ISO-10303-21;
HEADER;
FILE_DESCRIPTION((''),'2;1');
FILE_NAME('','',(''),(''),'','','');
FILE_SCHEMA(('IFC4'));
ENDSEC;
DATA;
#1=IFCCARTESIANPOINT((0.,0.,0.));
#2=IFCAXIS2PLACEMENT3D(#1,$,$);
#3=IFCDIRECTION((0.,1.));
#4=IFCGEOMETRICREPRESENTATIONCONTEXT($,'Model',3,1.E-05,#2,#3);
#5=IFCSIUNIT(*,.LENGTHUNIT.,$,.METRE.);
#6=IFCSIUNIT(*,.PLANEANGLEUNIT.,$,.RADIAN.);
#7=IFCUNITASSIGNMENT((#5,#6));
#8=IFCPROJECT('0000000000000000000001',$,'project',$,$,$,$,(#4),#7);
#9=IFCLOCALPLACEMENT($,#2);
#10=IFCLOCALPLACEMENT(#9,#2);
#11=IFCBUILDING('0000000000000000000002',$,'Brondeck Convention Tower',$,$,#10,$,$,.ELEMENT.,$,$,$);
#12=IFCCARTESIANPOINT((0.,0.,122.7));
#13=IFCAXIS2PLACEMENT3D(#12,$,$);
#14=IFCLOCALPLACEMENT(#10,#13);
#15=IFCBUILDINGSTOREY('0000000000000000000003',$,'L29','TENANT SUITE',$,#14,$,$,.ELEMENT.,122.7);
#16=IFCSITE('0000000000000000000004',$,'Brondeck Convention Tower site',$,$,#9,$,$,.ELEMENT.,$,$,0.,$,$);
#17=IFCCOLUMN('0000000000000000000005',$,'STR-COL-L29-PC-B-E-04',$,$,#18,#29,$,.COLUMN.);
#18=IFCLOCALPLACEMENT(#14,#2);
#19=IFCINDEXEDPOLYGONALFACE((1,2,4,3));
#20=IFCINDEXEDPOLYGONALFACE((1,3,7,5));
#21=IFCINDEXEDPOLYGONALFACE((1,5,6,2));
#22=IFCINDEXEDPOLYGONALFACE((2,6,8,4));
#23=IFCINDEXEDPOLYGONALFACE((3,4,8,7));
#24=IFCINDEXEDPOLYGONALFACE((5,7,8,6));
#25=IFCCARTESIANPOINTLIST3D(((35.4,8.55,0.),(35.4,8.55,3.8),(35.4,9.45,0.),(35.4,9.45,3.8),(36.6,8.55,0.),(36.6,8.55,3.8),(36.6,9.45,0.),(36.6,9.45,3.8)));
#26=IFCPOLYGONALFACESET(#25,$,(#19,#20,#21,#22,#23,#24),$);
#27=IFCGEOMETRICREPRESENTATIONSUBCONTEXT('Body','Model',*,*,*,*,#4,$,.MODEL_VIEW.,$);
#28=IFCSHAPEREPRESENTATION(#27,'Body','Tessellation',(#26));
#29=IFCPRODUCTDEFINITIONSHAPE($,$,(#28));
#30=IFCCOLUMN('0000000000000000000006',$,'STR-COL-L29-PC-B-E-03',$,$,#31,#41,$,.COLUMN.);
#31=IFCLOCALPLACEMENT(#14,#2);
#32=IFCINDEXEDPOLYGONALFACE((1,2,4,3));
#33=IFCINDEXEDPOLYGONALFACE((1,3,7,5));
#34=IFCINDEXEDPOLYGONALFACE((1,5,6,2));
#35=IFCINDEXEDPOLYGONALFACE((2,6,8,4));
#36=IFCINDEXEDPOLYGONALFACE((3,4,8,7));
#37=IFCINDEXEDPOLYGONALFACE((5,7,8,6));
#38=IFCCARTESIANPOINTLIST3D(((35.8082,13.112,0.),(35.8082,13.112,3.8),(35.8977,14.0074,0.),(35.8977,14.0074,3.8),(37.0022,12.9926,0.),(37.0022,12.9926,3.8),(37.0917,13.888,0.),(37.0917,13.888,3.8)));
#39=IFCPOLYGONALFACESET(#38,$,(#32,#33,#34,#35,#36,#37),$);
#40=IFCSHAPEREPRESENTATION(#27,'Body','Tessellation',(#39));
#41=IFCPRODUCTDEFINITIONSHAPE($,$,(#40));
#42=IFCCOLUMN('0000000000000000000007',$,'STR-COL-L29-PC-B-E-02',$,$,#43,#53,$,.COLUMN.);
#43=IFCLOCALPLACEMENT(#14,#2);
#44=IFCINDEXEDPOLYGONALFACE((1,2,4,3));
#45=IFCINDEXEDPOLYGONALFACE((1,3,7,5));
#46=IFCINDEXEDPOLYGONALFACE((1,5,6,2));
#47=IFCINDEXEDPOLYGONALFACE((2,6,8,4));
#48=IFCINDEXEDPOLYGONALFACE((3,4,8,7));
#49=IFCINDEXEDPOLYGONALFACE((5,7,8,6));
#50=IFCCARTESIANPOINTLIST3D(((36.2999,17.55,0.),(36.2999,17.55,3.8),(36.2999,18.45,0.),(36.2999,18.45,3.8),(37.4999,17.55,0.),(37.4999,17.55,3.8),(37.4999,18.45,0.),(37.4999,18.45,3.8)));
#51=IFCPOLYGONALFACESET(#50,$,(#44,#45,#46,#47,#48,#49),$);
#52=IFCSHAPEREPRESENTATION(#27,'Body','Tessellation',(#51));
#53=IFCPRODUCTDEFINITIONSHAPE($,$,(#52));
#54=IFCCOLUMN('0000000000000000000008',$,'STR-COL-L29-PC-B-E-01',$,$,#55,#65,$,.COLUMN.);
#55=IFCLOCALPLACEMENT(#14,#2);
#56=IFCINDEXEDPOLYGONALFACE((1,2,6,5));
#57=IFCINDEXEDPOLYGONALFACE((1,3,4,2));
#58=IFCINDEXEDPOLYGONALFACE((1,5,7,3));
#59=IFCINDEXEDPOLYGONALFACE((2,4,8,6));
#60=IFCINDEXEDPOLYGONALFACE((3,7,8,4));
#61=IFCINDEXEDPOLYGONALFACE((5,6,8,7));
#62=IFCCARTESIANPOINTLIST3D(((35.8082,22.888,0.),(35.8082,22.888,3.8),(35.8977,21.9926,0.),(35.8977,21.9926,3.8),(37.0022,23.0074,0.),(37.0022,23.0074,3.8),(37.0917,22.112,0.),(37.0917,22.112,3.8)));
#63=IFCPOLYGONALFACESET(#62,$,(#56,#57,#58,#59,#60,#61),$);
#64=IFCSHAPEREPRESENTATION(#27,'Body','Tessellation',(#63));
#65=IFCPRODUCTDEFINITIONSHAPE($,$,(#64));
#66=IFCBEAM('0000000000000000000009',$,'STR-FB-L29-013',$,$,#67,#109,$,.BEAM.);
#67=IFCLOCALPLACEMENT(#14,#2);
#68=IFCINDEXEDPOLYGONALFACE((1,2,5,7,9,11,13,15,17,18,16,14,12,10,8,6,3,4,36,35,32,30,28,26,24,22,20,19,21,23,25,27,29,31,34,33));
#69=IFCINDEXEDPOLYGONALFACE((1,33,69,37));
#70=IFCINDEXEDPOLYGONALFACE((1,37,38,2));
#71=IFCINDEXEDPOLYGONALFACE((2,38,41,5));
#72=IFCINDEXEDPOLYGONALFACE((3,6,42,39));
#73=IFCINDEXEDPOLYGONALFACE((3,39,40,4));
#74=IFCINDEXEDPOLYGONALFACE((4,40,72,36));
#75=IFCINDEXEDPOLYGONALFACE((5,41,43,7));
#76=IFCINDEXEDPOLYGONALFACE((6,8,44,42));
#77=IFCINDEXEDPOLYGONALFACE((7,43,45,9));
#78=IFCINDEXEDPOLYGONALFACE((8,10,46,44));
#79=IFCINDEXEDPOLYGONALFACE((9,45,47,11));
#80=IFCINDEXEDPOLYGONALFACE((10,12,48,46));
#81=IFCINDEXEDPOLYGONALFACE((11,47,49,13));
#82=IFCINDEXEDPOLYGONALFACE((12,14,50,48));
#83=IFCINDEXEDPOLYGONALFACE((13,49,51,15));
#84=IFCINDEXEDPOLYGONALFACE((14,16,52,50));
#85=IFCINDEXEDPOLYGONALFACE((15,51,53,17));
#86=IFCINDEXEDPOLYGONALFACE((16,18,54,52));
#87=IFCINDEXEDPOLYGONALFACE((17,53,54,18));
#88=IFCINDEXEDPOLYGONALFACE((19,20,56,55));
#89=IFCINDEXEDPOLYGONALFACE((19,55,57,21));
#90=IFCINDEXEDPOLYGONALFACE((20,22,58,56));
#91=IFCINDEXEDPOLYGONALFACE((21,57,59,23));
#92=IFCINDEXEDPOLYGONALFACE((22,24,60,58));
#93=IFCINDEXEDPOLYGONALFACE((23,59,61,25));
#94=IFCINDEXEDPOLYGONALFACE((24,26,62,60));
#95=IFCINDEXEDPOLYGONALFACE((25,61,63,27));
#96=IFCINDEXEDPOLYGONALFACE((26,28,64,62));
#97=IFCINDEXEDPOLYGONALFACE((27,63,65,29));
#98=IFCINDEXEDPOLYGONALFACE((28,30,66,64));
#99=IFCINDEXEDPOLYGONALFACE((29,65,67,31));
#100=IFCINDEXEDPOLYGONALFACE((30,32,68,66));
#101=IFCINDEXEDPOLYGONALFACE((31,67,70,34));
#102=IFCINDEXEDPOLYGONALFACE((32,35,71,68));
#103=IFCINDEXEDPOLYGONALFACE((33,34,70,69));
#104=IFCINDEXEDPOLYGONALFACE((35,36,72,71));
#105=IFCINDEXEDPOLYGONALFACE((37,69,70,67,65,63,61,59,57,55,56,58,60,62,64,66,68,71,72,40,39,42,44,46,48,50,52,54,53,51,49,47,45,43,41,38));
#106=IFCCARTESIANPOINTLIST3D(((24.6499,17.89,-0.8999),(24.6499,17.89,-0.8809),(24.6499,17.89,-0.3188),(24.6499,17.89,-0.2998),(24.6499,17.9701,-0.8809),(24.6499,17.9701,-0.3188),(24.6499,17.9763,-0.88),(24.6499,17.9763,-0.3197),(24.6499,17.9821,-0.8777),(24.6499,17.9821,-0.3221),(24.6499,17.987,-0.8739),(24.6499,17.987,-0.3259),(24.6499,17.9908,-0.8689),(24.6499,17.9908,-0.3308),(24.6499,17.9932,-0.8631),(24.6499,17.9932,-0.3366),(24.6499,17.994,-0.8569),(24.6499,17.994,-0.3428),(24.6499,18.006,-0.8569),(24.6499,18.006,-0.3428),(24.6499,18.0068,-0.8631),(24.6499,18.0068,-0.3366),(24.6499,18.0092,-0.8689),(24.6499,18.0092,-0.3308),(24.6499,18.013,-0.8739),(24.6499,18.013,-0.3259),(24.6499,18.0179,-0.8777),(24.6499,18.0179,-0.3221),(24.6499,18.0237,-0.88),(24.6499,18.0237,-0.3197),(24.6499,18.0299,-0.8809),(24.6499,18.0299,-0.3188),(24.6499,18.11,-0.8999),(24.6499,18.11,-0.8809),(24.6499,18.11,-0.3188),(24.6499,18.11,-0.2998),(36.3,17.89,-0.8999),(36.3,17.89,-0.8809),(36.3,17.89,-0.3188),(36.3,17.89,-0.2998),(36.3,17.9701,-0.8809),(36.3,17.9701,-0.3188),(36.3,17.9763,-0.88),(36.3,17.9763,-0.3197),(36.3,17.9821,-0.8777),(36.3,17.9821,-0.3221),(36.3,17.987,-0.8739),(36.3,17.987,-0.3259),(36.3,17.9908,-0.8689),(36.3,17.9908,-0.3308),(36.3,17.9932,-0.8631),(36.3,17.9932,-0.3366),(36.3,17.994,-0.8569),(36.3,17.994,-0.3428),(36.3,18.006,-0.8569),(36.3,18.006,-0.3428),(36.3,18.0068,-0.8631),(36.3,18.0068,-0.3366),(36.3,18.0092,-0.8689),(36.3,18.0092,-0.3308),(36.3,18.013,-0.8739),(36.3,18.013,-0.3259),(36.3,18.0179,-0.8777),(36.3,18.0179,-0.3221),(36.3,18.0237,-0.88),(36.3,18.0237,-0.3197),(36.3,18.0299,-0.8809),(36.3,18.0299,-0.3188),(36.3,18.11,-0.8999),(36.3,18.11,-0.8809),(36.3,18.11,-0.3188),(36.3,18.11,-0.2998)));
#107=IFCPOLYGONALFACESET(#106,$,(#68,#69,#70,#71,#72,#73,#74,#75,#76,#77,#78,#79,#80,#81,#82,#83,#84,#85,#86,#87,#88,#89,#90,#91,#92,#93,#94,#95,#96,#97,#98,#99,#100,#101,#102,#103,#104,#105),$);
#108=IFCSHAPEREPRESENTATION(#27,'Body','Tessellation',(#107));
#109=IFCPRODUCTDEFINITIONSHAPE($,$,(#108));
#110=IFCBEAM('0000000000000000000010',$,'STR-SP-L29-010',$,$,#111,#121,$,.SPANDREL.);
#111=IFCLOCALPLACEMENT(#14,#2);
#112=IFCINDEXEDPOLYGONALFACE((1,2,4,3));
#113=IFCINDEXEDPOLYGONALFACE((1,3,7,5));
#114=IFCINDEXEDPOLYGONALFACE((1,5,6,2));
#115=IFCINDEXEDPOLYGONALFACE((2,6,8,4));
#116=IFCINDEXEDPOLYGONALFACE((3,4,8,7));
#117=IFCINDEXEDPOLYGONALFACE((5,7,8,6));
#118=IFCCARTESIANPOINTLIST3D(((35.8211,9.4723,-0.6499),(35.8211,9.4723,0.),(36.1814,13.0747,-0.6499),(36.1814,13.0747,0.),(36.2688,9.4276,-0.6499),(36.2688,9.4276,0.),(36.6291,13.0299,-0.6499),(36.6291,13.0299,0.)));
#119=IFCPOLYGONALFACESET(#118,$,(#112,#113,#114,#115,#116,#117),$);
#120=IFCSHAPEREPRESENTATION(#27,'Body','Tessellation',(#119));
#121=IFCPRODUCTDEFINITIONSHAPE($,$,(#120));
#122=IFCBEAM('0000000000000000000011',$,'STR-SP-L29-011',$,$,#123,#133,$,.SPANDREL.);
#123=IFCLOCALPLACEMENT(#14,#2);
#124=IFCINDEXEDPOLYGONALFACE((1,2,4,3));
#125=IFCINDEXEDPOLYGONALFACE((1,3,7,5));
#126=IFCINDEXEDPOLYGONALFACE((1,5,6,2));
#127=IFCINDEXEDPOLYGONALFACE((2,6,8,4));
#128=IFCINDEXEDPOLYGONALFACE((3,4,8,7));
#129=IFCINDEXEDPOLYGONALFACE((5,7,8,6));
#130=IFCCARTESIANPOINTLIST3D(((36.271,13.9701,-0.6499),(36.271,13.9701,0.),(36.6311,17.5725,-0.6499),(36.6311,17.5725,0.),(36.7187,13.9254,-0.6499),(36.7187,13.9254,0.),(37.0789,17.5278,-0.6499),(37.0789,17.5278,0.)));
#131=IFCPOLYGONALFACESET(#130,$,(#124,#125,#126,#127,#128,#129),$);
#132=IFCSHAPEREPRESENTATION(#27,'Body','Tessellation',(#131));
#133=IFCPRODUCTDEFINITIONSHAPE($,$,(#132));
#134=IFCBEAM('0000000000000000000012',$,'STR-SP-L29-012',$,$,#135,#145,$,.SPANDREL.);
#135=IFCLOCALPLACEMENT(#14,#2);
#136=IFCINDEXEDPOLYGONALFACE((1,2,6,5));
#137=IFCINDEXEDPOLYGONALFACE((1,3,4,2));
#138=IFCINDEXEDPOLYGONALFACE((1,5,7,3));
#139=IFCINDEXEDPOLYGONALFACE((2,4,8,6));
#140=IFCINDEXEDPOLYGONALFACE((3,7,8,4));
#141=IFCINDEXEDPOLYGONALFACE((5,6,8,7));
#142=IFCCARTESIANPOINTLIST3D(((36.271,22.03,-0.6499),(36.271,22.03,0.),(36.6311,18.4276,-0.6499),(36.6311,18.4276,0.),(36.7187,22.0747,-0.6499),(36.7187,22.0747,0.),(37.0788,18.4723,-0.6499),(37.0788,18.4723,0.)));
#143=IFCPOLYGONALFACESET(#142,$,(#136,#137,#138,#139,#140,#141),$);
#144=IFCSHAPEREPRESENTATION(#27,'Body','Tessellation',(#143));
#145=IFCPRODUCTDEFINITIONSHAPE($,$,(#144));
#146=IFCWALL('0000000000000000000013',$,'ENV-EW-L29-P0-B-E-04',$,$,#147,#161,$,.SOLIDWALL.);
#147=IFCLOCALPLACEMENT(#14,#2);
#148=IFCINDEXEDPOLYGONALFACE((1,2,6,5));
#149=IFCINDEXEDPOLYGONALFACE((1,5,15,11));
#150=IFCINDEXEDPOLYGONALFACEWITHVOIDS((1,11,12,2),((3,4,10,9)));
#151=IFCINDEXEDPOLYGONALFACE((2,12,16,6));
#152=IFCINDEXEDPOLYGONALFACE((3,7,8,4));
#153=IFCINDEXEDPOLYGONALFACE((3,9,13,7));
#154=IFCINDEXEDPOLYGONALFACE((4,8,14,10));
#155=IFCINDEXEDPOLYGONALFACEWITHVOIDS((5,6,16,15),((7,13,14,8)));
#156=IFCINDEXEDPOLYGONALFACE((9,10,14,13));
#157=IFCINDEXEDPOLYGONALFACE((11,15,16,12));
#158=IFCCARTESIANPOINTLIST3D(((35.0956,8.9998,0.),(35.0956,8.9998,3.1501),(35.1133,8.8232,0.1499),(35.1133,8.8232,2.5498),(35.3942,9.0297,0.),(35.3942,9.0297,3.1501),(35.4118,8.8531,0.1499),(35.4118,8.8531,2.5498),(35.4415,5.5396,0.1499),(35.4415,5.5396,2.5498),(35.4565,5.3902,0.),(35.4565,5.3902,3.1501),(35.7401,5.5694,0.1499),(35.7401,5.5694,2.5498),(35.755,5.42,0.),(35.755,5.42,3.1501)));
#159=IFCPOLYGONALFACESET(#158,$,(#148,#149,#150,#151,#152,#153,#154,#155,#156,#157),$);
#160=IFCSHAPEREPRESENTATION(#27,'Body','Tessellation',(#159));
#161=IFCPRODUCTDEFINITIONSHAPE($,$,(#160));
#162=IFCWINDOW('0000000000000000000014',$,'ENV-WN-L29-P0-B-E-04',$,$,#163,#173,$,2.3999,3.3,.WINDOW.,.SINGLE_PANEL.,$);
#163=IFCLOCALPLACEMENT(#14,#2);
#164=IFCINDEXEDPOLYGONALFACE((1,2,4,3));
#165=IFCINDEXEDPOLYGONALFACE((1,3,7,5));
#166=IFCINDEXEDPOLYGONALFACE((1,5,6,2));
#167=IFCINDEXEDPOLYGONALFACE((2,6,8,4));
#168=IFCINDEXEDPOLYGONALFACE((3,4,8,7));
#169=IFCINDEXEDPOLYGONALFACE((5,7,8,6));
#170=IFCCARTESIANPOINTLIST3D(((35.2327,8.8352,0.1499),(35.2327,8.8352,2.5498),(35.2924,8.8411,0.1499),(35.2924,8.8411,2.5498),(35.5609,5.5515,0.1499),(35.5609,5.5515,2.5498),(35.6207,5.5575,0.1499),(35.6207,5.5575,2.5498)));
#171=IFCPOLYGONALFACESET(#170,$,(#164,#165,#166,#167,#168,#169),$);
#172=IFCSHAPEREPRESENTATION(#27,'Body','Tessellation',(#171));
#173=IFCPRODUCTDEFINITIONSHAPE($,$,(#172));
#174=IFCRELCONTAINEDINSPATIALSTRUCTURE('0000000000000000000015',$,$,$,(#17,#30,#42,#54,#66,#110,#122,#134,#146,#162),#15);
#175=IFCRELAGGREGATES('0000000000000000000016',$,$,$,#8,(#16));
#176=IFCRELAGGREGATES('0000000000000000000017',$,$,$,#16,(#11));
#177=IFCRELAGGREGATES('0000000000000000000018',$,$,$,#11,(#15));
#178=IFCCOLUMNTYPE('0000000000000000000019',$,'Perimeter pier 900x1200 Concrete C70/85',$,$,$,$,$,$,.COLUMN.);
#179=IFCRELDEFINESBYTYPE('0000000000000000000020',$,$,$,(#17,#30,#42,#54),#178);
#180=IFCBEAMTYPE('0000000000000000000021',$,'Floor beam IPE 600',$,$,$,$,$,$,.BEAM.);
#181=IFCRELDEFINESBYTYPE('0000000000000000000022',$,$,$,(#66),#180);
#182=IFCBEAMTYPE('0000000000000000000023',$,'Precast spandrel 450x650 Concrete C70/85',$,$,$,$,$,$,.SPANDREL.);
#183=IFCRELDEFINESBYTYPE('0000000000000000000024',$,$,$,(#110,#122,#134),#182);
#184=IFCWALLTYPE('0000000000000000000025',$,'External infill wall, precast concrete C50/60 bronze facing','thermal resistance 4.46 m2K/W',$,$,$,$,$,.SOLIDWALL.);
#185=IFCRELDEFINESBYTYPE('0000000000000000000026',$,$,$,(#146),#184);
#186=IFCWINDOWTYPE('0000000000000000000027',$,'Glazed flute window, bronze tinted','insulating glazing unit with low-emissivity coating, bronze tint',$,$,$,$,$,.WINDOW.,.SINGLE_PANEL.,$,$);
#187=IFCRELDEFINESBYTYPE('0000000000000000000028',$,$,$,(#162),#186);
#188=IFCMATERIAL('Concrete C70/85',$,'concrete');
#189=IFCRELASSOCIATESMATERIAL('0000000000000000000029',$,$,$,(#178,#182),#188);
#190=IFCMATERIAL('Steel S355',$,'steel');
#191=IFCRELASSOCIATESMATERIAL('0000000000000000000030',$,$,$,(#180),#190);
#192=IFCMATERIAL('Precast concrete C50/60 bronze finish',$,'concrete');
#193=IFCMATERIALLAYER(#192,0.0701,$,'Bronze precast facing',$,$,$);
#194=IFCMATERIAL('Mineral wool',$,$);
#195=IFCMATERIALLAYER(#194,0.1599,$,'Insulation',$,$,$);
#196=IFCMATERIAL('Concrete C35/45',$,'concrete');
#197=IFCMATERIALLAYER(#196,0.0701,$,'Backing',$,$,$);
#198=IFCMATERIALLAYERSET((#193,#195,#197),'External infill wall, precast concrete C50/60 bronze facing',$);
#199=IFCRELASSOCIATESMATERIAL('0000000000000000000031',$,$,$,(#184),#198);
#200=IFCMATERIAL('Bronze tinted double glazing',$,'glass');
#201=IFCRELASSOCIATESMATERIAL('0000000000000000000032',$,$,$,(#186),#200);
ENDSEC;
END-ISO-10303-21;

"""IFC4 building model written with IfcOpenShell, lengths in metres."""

from ifc_helpers import new_model, si_unit, direction, frame, frame_2d, origin, origin_2d, place, context, subcontext, project, spatial, rectangle, i_section, extrude, material, layer, layer_set, material_profile, profile_set, type_object, element, fill, save


model = new_model("IFC4")

# Units and contexts
model_context = context("Model", 3, precision=1e-05, world=origin(), true_north=direction((0.0, 1.0)))
body_context = subcontext(model_context, "Body", "Model", "MODEL_VIEW")
ifc_project = project(units=[si_unit("LENGTHUNIT", "METRE"), si_unit("PLANEANGLEUNIT", "RADIAN")], contexts=[model_context])

# Site, building, storey
site_placement = place(None, origin())
site = spatial("IfcSite", under=ifc_project, at=site_placement, Name="Brondeck Convention Tower site", CompositionType="ELEMENT", RefElevation=0.0)
building_placement = place(site_placement, origin())
building = spatial("IfcBuilding", under=site, at=building_placement, Name="Brondeck Convention Tower", CompositionType="ELEMENT")
storey_placement = place(building_placement, frame((0.0, 0.0, 122.7)))
storey = spatial("IfcBuildingStorey", under=building, at=storey_placement, Name="L29", Description="TENANT SUITE", CompositionType="ELEMENT", Elevation=122.7)

# Columns
ifc_material_1 = material(Name="Concrete C70/85", Category="concrete")
ifc_material_profile_1 = material_profile(ifc_material_1, rectangle(XDim=0.8999, YDim=1.2, at=origin_2d()), Name="Perimeter pier 900x1200 Concrete C70/85")
ifc_profile_set_1 = profile_set([ifc_material_profile_1], Name="Concrete C70/85")
column_type = type_object("IfcColumnType", Name="Perimeter pier 900x1200 Concrete C70/85", PredefinedType="COLUMN", material=ifc_profile_set_1)
for number, where, z_axis, x_axis, name in (
    (1, (36.0, 9.0, 0.0), (0.0, 0.0, 1.0), (0.0, 1.0, 0.0), "STR-COL-L29-PC-B-E-04"),
    (2, (36.45, 13.5, 0.0), (0.0, 0.0, 1.0), (0.099504, 0.995037, 0.0), "STR-COL-L29-PC-B-E-03"),
    (3, (36.8999, 18.0, 0.0), (0.0, 0.0, 1.0), (0.0, 1.0, 0.0), "STR-COL-L29-PC-B-E-02"),
    (4, (36.45, 22.5, 0.0), (0.0, 0.0, 1.0), (-0.099504, 0.995037, 0.0), "STR-COL-L29-PC-B-E-01"),
):
    element("IfcColumn", number, at=place(storey_placement, frame(where, z_axis=z_axis, x_axis=x_axis)), inside=storey, type_object=column_type, Name=name, PredefinedType="COLUMN", context=body_context, shape_type="SweptSolid", body=[
        extrude(rectangle(XDim=0.8999, YDim=1.2, at=origin_2d()), origin(), (0.0, 0.0, 1.0), 3.8),
    ])

# Beams
ifc_material_2 = material(Name="Steel S355", Category="steel")
ifc_material_profile_2 = material_profile(ifc_material_2, i_section(OverallWidth=0.22, OverallDepth=0.6001, WebThickness=0.012, FlangeThickness=0.019, FilletRadius=0.0239, at=origin_2d()), Name="IPE 600")
ifc_profile_set_2 = profile_set([ifc_material_profile_2], Name="Steel S355")
beam_type_1 = type_object("IfcBeamType", Name="Floor beam IPE 600", PredefinedType="BEAM", material=ifc_profile_set_2)
beam_placement = place(storey_placement, frame((24.6499, 18.0, -0.5999), z_axis=(1.0, 0.0, 0.0), x_axis=(0.0, 1.0, 0.0)))
element("IfcBeam", 5, at=beam_placement, inside=storey, type_object=beam_type_1, Name="STR-FB-L29-013", PredefinedType="BEAM", context=body_context, shape_type="SweptSolid", body=[
    extrude(i_section(OverallWidth=0.22, OverallDepth=0.6001, WebThickness=0.012, FlangeThickness=0.019, FilletRadius=0.0239, at=origin_2d()), origin(), (0.0, 0.0, 1.0), 11.6501),
])
ifc_material_profile_3 = material_profile(ifc_material_1, rectangle(XDim=0.45, YDim=0.6499, at=origin_2d()), Name="Precast spandrel 450x650 Concrete C70/85")
ifc_profile_set_3 = profile_set([ifc_material_profile_3], Name="Concrete C70/85")
beam_type_2 = type_object("IfcBeamType", Name="Precast spandrel 450x650 Concrete C70/85", PredefinedType="SPANDREL", material=ifc_profile_set_3)
for number, where, z_axis, x_axis, name in (
    (6, (36.0449, 9.45, -0.325), (0.099537, 0.995034, 0.0), (-0.995034, 0.099537, 0.0), "STR-SP-L29-010"),
    (7, (36.4949, 13.9478, -0.325), (0.09947, 0.995041, 0.0), (-0.995041, 0.09947, 0.0), "STR-SP-L29-011"),
    (8, (36.855, 18.45, -0.325), (-0.09947, 0.995041, 0.0), (-0.995041, -0.09947, 0.0), "STR-SP-L29-012"),
):
    element("IfcBeam", number, at=place(storey_placement, frame(where, z_axis=z_axis, x_axis=x_axis)), inside=storey, type_object=beam_type_2, Name=name, PredefinedType="SPANDREL", context=body_context, shape_type="SweptSolid", body=[
        extrude(rectangle(XDim=0.45, YDim=0.6499, at=origin_2d()), origin(), (0.0, 0.0, 1.0), 3.6204),
    ])

# Wall, opening, window
ifc_material_3 = material(Name="Precast concrete C50/60 bronze finish", Category="concrete")
ifc_layer_1 = layer(ifc_material_3, 0.0701, Name="Bronze precast facing")
ifc_material_4 = material(Name="Mineral wool")
ifc_layer_2 = layer(ifc_material_4, 0.1599, Name="Insulation")
ifc_material_5 = material(Name="Concrete C35/45", Category="concrete")
ifc_layer_3 = layer(ifc_material_5, 0.0701, Name="Backing")
ifc_layer_set_1 = layer_set([ifc_layer_1, ifc_layer_2, ifc_layer_3], Name="External infill wall, precast concrete C50/60 bronze facing")
wall_type_1 = type_object("IfcWallType", Name="External infill wall, precast concrete C50/60 bronze facing", Description="thermal resistance 4.46 m2K/W", PredefinedType="SOLIDWALL", material=ifc_layer_set_1)
wall_1_placement = place(storey_placement, frame((35.2449, 9.0149, 0.0), z_axis=(0.0, 0.0, 1.0), x_axis=(0.09947, -0.995041, 0.0)))
wall_1 = element("IfcWall", 9, at=wall_1_placement, inside=storey, type_object=wall_type_1, Name="ENV-EW-L29-P0-B-E-04", PredefinedType="SOLIDWALL", context=body_context, shape_type="SweptSolid", body=[
    extrude(rectangle(XDim=3.6277, YDim=0.3, at=frame_2d((1.814, 0.0))), origin(), (0.0, 0.0, 1.0), 3.1501),
])
opening_1_placement = place(wall_1_placement, frame((0.1777, 0.0, 0.1499)))
opening_1 = element("IfcOpeningElement", 10, at=opening_1_placement, cuts=wall_1, PredefinedType="OPENING", context=body_context, shape_type="SweptSolid", body=[
    extrude(rectangle(XDim=3.3, YDim=2.3999, at=frame_2d((1.6499, 1.2))), frame((0.0, 0.1599, 0.0), z_axis=(0.0, -1.0, 0.0), x_axis=(1.0, 0.0, 0.0)), (0.0, 0.0, 1.0), 0.3201),
])
ifc_material_6 = material(Name="Bronze tinted double glazing", Category="glass")
window_type_1 = type_object("IfcWindowType", Name="Glazed flute window, bronze tinted", Description="insulating glazing unit with low-emissivity coating, bronze tint", PartitioningType="SINGLE_PANEL", PredefinedType="WINDOW", material=ifc_material_6)
window_1_placement = place(opening_1_placement, origin())
window_1 = element("IfcWindow", 11, at=window_1_placement, inside=storey, type_object=window_type_1, Name="ENV-WN-L29-P0-B-E-04", OverallHeight=2.3999, OverallWidth=3.3, PartitioningType="SINGLE_PANEL", PredefinedType="WINDOW", context=body_context, shape_type="SweptSolid", body=[
    extrude(rectangle(XDim=3.3, YDim=2.3999, at=frame_2d((1.6499, 1.2))), frame((0.0, 0.03, 0.0), z_axis=(0.0, -1.0, 0.0), x_axis=(1.0, 0.0, 0.0)), (0.0, 0.0, 1.0), 0.0601),
])
fill(opening_1, window_1)

save(model, "model.ifc")
